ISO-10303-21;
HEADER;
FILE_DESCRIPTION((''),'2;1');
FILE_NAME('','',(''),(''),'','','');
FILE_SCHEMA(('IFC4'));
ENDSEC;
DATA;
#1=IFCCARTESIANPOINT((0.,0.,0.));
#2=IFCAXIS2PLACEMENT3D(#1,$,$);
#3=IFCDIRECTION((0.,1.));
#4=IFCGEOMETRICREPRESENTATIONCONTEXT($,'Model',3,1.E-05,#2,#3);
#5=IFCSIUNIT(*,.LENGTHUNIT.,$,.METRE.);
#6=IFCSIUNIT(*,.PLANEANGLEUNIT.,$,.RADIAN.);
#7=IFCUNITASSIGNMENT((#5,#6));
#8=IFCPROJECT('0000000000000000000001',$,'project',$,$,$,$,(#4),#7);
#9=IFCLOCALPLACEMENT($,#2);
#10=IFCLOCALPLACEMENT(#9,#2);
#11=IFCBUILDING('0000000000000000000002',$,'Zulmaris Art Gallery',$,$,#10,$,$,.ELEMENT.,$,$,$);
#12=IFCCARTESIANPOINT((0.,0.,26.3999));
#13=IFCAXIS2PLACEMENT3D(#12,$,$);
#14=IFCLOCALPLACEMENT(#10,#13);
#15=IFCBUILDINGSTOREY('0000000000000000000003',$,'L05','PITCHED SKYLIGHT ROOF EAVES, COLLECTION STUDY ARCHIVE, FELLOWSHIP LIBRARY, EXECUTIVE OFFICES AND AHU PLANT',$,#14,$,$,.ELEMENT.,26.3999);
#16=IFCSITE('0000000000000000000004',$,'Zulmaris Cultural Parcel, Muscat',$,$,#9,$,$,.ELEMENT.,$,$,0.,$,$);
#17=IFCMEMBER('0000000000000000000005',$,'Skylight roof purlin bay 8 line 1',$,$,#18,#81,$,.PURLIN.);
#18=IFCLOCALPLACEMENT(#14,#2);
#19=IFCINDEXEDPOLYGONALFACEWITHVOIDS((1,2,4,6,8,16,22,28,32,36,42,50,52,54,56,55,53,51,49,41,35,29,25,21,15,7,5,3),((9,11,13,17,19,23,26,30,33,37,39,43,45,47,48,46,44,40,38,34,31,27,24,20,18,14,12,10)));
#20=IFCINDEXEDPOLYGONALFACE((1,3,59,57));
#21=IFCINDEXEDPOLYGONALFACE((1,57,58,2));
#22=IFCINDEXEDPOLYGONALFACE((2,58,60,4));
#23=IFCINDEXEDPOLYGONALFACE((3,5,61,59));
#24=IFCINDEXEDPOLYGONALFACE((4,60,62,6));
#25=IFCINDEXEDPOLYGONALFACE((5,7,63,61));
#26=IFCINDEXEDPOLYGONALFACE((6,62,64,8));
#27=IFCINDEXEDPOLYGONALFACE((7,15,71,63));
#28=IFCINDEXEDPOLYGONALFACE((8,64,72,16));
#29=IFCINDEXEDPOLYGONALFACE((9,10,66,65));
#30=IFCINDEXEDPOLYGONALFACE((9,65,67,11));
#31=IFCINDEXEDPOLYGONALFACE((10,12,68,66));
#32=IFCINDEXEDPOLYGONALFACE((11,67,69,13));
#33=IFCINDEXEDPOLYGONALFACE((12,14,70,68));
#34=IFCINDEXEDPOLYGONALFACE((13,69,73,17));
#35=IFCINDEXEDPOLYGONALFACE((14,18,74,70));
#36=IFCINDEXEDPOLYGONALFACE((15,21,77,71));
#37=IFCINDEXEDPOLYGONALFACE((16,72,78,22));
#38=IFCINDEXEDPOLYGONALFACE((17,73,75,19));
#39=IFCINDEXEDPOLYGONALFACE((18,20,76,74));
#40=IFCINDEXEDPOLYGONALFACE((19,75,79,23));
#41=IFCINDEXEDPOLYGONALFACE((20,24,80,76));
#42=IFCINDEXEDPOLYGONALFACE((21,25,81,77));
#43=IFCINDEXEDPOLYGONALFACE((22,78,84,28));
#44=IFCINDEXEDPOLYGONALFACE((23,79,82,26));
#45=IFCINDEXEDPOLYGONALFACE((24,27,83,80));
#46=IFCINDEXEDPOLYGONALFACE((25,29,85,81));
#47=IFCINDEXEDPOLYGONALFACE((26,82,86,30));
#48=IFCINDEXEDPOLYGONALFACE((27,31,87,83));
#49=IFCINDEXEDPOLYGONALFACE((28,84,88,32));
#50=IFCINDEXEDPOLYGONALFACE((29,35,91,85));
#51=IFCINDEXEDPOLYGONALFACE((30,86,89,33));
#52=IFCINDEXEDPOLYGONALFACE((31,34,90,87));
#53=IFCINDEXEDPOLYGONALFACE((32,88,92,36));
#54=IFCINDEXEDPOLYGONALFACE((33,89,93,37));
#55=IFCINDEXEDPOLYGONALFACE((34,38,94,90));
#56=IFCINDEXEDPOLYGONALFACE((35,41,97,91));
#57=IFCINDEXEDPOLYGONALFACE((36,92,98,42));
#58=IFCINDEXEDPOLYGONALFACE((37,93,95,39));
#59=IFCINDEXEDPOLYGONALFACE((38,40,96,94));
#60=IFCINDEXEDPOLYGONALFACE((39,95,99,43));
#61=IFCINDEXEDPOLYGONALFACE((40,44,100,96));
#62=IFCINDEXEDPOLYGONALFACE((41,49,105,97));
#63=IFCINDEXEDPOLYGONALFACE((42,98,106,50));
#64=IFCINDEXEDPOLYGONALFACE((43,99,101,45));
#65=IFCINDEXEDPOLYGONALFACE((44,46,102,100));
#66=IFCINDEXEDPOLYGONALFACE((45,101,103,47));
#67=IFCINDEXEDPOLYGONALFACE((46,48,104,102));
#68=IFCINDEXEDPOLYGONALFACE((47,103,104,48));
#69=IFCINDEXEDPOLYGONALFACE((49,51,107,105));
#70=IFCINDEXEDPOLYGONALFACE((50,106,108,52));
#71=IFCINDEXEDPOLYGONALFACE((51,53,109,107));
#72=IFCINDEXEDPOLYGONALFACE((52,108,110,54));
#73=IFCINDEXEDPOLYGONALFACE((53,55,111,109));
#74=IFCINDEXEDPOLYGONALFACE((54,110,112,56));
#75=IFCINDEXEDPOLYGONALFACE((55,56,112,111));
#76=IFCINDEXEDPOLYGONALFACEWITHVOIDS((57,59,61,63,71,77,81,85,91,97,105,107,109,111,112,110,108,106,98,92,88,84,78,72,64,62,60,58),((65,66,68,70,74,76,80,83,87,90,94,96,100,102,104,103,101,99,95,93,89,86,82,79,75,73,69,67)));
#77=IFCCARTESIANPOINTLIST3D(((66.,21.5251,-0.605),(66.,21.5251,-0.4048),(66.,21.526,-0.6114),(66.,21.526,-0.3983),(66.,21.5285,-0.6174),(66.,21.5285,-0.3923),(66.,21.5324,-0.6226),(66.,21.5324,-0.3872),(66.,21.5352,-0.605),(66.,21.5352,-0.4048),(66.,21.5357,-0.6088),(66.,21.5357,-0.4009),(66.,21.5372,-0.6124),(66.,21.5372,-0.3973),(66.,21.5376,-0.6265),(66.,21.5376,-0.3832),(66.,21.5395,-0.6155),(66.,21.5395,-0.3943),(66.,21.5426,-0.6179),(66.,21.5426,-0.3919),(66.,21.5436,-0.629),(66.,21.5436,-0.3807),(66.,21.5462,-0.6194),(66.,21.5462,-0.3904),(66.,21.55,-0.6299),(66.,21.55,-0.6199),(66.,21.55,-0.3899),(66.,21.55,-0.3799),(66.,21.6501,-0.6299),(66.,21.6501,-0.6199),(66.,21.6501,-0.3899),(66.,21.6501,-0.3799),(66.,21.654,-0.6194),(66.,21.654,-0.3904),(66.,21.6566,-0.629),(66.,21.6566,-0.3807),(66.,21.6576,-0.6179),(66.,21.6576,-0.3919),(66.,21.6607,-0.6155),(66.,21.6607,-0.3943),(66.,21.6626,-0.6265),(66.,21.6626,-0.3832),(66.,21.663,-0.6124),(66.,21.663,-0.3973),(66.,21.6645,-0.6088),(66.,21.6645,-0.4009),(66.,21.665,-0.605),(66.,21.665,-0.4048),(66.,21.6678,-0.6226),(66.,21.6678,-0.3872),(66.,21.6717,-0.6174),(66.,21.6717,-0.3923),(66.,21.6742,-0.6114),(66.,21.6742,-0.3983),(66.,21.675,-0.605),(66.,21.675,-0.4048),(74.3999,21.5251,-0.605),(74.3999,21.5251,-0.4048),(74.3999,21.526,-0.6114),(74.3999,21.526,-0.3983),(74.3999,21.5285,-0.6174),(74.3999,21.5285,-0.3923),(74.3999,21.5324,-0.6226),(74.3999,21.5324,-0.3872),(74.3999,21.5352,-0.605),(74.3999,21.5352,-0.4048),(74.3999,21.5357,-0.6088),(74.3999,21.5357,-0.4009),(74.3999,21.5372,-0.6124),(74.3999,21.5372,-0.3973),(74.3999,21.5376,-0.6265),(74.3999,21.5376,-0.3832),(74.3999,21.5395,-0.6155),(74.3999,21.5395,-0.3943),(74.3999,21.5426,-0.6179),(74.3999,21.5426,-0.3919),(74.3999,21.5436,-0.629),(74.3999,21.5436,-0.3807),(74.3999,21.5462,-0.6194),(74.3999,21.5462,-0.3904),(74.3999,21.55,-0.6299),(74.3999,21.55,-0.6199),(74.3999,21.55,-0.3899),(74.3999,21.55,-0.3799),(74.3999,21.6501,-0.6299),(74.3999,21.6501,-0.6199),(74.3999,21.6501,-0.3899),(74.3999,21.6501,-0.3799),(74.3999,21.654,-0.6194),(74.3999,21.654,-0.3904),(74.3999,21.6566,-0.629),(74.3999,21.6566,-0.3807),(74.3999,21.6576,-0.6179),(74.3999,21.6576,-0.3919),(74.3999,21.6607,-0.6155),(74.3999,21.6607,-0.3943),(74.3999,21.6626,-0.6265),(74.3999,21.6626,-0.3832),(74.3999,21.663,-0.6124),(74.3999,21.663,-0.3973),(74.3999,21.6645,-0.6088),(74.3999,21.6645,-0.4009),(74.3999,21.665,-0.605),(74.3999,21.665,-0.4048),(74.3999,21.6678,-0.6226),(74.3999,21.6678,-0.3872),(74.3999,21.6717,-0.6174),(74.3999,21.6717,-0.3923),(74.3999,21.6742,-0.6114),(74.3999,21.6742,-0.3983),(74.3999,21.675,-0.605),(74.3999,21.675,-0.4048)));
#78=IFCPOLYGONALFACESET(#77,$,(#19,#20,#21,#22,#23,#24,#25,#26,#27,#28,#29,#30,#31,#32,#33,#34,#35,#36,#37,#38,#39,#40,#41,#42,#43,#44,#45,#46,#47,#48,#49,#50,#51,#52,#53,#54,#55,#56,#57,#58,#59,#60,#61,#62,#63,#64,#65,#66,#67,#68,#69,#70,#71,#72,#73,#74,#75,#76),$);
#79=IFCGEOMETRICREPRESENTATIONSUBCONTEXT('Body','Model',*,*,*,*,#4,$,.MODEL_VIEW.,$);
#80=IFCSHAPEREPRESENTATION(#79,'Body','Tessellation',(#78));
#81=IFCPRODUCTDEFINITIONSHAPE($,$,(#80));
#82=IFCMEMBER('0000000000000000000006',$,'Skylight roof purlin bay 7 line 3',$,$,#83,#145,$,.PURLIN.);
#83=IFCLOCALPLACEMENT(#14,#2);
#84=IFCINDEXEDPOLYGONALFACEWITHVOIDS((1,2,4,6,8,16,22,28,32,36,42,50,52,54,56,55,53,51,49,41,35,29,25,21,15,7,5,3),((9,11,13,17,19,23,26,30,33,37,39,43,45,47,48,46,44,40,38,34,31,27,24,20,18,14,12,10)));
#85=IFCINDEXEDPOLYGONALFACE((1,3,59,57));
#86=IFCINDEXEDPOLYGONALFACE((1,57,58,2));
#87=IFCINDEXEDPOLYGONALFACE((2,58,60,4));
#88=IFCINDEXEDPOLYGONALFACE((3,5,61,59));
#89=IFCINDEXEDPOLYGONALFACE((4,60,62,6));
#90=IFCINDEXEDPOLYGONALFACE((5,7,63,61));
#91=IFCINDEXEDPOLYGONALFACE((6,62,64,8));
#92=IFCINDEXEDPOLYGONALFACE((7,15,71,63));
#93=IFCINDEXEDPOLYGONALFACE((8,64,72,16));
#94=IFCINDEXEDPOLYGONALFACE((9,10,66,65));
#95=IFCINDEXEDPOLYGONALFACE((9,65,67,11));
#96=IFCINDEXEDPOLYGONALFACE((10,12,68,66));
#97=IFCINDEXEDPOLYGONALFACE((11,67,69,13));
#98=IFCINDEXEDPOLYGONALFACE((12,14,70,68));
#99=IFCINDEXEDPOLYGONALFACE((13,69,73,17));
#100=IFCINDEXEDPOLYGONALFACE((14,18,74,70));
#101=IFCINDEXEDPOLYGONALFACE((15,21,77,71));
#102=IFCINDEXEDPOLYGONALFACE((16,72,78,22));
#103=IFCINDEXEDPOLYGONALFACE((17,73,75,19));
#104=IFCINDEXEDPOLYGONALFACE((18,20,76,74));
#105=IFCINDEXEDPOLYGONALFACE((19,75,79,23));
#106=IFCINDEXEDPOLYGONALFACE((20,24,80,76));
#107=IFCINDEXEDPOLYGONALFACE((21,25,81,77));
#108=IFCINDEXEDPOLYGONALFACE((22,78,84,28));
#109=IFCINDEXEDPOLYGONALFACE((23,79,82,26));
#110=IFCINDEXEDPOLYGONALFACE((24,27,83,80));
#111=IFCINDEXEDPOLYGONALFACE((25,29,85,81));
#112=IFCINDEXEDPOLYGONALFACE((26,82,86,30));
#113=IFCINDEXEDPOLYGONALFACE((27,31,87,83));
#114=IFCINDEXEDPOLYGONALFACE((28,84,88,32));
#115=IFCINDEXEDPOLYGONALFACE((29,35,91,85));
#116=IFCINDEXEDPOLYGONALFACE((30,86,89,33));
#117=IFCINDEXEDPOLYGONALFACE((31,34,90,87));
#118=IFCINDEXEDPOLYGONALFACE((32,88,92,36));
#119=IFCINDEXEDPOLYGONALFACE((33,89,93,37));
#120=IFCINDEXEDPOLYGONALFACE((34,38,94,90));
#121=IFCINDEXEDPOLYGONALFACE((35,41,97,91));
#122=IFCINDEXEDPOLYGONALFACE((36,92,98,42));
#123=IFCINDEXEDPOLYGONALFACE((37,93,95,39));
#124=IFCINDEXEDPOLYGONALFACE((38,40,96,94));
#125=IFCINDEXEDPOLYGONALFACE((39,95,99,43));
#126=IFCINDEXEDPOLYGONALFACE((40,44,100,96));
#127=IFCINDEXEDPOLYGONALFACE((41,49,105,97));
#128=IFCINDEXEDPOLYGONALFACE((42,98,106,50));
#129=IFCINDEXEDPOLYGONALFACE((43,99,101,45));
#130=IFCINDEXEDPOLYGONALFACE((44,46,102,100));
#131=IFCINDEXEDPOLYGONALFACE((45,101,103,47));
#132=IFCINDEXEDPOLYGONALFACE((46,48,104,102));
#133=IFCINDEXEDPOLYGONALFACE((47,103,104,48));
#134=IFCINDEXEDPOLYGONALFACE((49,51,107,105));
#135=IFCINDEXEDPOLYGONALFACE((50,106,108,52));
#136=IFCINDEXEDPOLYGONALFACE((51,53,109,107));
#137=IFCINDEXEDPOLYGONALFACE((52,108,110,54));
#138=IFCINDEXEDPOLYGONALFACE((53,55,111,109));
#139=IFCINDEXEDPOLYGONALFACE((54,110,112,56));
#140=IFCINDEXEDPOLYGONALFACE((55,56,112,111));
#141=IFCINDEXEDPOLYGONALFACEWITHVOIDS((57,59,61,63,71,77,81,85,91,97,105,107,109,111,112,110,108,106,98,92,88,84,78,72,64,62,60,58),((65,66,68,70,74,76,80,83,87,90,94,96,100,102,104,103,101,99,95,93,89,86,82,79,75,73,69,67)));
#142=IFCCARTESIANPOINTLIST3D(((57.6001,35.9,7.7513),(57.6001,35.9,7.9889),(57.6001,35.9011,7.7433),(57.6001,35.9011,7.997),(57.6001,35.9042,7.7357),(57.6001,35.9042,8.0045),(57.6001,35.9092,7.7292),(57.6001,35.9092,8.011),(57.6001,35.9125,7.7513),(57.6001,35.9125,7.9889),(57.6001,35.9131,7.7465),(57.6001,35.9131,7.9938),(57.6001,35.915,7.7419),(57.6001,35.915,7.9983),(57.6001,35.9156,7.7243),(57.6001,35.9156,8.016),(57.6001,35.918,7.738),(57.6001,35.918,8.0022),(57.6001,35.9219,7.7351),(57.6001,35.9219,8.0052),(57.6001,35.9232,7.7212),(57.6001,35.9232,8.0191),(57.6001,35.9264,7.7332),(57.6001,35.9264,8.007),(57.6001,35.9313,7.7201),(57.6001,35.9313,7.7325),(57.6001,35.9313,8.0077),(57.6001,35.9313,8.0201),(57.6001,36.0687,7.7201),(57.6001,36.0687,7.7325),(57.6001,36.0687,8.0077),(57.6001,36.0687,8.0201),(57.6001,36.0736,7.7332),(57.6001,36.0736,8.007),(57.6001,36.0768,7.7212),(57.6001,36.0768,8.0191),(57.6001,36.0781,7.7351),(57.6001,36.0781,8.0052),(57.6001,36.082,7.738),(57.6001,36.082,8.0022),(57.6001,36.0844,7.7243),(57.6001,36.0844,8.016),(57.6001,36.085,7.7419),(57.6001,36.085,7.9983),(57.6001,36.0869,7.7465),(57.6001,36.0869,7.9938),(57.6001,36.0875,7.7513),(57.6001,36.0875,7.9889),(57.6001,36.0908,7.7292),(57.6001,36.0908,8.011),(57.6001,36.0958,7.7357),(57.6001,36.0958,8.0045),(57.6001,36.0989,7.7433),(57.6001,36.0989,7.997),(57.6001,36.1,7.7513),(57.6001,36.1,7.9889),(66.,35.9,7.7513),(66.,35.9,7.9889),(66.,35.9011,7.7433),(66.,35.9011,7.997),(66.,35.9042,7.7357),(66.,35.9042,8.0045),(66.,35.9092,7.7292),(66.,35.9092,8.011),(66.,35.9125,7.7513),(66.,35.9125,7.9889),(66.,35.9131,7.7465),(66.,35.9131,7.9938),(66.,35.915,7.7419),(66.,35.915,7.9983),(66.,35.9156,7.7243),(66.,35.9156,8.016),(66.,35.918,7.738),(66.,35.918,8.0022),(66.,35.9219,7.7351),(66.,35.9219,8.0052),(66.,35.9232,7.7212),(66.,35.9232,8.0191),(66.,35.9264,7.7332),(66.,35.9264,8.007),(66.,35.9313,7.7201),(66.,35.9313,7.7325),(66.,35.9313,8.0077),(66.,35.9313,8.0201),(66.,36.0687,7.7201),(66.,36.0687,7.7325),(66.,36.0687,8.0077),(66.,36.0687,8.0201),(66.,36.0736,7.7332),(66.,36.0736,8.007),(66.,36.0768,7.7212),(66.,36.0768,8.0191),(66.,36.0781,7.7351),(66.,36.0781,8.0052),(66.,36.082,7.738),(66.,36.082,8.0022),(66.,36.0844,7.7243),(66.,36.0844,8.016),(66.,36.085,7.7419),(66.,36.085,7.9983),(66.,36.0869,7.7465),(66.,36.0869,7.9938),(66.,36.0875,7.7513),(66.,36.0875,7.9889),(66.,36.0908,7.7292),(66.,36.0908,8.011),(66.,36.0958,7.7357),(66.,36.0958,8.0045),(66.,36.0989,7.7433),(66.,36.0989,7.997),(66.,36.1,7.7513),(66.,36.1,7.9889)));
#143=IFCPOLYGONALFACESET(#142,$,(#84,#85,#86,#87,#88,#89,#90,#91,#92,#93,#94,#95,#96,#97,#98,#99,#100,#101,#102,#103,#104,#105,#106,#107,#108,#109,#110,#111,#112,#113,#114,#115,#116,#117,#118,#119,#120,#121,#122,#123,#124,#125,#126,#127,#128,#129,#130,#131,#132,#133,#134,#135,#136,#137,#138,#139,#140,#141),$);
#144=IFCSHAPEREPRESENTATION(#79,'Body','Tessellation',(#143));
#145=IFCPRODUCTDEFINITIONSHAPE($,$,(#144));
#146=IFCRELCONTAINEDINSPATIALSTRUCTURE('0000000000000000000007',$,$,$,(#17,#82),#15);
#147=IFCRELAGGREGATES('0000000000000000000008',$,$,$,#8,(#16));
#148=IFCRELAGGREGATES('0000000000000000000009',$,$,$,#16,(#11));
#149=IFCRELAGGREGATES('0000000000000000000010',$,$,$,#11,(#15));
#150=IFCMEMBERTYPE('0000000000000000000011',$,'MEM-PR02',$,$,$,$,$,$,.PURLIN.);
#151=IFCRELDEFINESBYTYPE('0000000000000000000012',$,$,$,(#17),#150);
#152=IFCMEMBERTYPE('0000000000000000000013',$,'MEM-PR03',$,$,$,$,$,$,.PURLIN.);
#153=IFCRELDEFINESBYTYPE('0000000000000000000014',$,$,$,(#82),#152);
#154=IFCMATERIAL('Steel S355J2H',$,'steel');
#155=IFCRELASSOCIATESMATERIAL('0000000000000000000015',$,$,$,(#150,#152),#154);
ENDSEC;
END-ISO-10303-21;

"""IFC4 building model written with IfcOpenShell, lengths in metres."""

from ifc_helpers import new_model, si_unit, direction, frame, origin, origin_2d, place, context, subcontext, project, spatial, hollow_rectangle, extrude, material, material_profile, profile_set, type_object, element, save


model = new_model("IFC4")

# Units and contexts
model_context = context("Model", 3, precision=1e-05, world=origin(), true_north=direction((0.0, 1.0)))
body_context = subcontext(model_context, "Body", "Model", "MODEL_VIEW")
ifc_project = project(units=[si_unit("LENGTHUNIT", "METRE"), si_unit("PLANEANGLEUNIT", "RADIAN")], contexts=[model_context])

# Site, building, storey
site_placement = place(None, origin())
site = spatial("IfcSite", under=ifc_project, at=site_placement, Name="Zulmaris Cultural Parcel, Muscat", CompositionType="ELEMENT", RefElevation=0.0)
building_placement = place(site_placement, origin())
building = spatial("IfcBuilding", under=site, at=building_placement, Name="Zulmaris Art Gallery", CompositionType="ELEMENT")
storey_placement = place(building_placement, frame((0.0, 0.0, 26.3999)))
storey = spatial("IfcBuildingStorey", under=building, at=storey_placement, Name="L05", Description="PITCHED SKYLIGHT ROOF EAVES, COLLECTION STUDY ARCHIVE, FELLOWSHIP LIBRARY, EXECUTIVE OFFICES AND AHU PLANT", CompositionType="ELEMENT", Elevation=26.3999)

# Members
ifc_material_1 = material(Name="Steel S355J2H", Category="steel")
ifc_material_profile_1 = material_profile(ifc_material_1, hollow_rectangle(XDim=0.1499, YDim=0.25, WallThickness=0.01, InnerFilletRadius=0.0149, OuterFilletRadius=0.0249, at=origin_2d()), Name="RHS 250x150x10")
ifc_profile_set_1 = profile_set([ifc_material_profile_1], Name="Steel S355J2H")
member_type_1 = type_object("IfcMemberType", Name="MEM-PR02", PredefinedType="PURLIN", material=ifc_profile_set_1)
for number, where, z_axis, x_axis, name in (
    (1, (66.0, 21.6001, -0.5049), (1.0, 0.0, 0.0), (0.0, 1.0, 0.0), "Skylight roof purlin bay 8 line 1"),
):
    element("IfcMember", number, at=place(storey_placement, frame(where, z_axis=z_axis, x_axis=x_axis)), inside=storey, type_object=member_type_1, Name=name, PredefinedType="PURLIN", context=body_context, shape_type="SweptSolid", body=[
        extrude(hollow_rectangle(XDim=0.1499, YDim=0.25, WallThickness=0.01, InnerFilletRadius=0.0149, OuterFilletRadius=0.0249, at=origin_2d()), origin(), (0.0, 0.0, 1.0), 8.3999),
    ])
ifc_material_profile_2 = material_profile(ifc_material_1, hollow_rectangle(XDim=0.2, YDim=0.3, WallThickness=0.0125, InnerFilletRadius=0.0188, OuterFilletRadius=0.0312, at=origin_2d()), Name="RHS 300x200x12.5")
ifc_profile_set_2 = profile_set([ifc_material_profile_2], Name="Steel S355J2H")
member_type_2 = type_object("IfcMemberType", Name="MEM-PR03", PredefinedType="PURLIN", material=ifc_profile_set_2)
for number, where, z_axis, x_axis, name in (
    (2, (57.6001, 36.0, 7.8701), (1.0, 0.0, 0.0), (0.0, 1.0, 0.0), "Skylight roof purlin bay 7 line 3"),
):
    element("IfcMember", number, at=place(storey_placement, frame(where, z_axis=z_axis, x_axis=x_axis)), inside=storey, type_object=member_type_2, Name=name, PredefinedType="PURLIN", context=body_context, shape_type="SweptSolid", body=[
        extrude(hollow_rectangle(XDim=0.2, YDim=0.3, WallThickness=0.0125, InnerFilletRadius=0.0188, OuterFilletRadius=0.0312, at=origin_2d()), origin(), (0.0, 0.0, 1.0), 8.3999),
    ])

save(model, "model.ifc")
